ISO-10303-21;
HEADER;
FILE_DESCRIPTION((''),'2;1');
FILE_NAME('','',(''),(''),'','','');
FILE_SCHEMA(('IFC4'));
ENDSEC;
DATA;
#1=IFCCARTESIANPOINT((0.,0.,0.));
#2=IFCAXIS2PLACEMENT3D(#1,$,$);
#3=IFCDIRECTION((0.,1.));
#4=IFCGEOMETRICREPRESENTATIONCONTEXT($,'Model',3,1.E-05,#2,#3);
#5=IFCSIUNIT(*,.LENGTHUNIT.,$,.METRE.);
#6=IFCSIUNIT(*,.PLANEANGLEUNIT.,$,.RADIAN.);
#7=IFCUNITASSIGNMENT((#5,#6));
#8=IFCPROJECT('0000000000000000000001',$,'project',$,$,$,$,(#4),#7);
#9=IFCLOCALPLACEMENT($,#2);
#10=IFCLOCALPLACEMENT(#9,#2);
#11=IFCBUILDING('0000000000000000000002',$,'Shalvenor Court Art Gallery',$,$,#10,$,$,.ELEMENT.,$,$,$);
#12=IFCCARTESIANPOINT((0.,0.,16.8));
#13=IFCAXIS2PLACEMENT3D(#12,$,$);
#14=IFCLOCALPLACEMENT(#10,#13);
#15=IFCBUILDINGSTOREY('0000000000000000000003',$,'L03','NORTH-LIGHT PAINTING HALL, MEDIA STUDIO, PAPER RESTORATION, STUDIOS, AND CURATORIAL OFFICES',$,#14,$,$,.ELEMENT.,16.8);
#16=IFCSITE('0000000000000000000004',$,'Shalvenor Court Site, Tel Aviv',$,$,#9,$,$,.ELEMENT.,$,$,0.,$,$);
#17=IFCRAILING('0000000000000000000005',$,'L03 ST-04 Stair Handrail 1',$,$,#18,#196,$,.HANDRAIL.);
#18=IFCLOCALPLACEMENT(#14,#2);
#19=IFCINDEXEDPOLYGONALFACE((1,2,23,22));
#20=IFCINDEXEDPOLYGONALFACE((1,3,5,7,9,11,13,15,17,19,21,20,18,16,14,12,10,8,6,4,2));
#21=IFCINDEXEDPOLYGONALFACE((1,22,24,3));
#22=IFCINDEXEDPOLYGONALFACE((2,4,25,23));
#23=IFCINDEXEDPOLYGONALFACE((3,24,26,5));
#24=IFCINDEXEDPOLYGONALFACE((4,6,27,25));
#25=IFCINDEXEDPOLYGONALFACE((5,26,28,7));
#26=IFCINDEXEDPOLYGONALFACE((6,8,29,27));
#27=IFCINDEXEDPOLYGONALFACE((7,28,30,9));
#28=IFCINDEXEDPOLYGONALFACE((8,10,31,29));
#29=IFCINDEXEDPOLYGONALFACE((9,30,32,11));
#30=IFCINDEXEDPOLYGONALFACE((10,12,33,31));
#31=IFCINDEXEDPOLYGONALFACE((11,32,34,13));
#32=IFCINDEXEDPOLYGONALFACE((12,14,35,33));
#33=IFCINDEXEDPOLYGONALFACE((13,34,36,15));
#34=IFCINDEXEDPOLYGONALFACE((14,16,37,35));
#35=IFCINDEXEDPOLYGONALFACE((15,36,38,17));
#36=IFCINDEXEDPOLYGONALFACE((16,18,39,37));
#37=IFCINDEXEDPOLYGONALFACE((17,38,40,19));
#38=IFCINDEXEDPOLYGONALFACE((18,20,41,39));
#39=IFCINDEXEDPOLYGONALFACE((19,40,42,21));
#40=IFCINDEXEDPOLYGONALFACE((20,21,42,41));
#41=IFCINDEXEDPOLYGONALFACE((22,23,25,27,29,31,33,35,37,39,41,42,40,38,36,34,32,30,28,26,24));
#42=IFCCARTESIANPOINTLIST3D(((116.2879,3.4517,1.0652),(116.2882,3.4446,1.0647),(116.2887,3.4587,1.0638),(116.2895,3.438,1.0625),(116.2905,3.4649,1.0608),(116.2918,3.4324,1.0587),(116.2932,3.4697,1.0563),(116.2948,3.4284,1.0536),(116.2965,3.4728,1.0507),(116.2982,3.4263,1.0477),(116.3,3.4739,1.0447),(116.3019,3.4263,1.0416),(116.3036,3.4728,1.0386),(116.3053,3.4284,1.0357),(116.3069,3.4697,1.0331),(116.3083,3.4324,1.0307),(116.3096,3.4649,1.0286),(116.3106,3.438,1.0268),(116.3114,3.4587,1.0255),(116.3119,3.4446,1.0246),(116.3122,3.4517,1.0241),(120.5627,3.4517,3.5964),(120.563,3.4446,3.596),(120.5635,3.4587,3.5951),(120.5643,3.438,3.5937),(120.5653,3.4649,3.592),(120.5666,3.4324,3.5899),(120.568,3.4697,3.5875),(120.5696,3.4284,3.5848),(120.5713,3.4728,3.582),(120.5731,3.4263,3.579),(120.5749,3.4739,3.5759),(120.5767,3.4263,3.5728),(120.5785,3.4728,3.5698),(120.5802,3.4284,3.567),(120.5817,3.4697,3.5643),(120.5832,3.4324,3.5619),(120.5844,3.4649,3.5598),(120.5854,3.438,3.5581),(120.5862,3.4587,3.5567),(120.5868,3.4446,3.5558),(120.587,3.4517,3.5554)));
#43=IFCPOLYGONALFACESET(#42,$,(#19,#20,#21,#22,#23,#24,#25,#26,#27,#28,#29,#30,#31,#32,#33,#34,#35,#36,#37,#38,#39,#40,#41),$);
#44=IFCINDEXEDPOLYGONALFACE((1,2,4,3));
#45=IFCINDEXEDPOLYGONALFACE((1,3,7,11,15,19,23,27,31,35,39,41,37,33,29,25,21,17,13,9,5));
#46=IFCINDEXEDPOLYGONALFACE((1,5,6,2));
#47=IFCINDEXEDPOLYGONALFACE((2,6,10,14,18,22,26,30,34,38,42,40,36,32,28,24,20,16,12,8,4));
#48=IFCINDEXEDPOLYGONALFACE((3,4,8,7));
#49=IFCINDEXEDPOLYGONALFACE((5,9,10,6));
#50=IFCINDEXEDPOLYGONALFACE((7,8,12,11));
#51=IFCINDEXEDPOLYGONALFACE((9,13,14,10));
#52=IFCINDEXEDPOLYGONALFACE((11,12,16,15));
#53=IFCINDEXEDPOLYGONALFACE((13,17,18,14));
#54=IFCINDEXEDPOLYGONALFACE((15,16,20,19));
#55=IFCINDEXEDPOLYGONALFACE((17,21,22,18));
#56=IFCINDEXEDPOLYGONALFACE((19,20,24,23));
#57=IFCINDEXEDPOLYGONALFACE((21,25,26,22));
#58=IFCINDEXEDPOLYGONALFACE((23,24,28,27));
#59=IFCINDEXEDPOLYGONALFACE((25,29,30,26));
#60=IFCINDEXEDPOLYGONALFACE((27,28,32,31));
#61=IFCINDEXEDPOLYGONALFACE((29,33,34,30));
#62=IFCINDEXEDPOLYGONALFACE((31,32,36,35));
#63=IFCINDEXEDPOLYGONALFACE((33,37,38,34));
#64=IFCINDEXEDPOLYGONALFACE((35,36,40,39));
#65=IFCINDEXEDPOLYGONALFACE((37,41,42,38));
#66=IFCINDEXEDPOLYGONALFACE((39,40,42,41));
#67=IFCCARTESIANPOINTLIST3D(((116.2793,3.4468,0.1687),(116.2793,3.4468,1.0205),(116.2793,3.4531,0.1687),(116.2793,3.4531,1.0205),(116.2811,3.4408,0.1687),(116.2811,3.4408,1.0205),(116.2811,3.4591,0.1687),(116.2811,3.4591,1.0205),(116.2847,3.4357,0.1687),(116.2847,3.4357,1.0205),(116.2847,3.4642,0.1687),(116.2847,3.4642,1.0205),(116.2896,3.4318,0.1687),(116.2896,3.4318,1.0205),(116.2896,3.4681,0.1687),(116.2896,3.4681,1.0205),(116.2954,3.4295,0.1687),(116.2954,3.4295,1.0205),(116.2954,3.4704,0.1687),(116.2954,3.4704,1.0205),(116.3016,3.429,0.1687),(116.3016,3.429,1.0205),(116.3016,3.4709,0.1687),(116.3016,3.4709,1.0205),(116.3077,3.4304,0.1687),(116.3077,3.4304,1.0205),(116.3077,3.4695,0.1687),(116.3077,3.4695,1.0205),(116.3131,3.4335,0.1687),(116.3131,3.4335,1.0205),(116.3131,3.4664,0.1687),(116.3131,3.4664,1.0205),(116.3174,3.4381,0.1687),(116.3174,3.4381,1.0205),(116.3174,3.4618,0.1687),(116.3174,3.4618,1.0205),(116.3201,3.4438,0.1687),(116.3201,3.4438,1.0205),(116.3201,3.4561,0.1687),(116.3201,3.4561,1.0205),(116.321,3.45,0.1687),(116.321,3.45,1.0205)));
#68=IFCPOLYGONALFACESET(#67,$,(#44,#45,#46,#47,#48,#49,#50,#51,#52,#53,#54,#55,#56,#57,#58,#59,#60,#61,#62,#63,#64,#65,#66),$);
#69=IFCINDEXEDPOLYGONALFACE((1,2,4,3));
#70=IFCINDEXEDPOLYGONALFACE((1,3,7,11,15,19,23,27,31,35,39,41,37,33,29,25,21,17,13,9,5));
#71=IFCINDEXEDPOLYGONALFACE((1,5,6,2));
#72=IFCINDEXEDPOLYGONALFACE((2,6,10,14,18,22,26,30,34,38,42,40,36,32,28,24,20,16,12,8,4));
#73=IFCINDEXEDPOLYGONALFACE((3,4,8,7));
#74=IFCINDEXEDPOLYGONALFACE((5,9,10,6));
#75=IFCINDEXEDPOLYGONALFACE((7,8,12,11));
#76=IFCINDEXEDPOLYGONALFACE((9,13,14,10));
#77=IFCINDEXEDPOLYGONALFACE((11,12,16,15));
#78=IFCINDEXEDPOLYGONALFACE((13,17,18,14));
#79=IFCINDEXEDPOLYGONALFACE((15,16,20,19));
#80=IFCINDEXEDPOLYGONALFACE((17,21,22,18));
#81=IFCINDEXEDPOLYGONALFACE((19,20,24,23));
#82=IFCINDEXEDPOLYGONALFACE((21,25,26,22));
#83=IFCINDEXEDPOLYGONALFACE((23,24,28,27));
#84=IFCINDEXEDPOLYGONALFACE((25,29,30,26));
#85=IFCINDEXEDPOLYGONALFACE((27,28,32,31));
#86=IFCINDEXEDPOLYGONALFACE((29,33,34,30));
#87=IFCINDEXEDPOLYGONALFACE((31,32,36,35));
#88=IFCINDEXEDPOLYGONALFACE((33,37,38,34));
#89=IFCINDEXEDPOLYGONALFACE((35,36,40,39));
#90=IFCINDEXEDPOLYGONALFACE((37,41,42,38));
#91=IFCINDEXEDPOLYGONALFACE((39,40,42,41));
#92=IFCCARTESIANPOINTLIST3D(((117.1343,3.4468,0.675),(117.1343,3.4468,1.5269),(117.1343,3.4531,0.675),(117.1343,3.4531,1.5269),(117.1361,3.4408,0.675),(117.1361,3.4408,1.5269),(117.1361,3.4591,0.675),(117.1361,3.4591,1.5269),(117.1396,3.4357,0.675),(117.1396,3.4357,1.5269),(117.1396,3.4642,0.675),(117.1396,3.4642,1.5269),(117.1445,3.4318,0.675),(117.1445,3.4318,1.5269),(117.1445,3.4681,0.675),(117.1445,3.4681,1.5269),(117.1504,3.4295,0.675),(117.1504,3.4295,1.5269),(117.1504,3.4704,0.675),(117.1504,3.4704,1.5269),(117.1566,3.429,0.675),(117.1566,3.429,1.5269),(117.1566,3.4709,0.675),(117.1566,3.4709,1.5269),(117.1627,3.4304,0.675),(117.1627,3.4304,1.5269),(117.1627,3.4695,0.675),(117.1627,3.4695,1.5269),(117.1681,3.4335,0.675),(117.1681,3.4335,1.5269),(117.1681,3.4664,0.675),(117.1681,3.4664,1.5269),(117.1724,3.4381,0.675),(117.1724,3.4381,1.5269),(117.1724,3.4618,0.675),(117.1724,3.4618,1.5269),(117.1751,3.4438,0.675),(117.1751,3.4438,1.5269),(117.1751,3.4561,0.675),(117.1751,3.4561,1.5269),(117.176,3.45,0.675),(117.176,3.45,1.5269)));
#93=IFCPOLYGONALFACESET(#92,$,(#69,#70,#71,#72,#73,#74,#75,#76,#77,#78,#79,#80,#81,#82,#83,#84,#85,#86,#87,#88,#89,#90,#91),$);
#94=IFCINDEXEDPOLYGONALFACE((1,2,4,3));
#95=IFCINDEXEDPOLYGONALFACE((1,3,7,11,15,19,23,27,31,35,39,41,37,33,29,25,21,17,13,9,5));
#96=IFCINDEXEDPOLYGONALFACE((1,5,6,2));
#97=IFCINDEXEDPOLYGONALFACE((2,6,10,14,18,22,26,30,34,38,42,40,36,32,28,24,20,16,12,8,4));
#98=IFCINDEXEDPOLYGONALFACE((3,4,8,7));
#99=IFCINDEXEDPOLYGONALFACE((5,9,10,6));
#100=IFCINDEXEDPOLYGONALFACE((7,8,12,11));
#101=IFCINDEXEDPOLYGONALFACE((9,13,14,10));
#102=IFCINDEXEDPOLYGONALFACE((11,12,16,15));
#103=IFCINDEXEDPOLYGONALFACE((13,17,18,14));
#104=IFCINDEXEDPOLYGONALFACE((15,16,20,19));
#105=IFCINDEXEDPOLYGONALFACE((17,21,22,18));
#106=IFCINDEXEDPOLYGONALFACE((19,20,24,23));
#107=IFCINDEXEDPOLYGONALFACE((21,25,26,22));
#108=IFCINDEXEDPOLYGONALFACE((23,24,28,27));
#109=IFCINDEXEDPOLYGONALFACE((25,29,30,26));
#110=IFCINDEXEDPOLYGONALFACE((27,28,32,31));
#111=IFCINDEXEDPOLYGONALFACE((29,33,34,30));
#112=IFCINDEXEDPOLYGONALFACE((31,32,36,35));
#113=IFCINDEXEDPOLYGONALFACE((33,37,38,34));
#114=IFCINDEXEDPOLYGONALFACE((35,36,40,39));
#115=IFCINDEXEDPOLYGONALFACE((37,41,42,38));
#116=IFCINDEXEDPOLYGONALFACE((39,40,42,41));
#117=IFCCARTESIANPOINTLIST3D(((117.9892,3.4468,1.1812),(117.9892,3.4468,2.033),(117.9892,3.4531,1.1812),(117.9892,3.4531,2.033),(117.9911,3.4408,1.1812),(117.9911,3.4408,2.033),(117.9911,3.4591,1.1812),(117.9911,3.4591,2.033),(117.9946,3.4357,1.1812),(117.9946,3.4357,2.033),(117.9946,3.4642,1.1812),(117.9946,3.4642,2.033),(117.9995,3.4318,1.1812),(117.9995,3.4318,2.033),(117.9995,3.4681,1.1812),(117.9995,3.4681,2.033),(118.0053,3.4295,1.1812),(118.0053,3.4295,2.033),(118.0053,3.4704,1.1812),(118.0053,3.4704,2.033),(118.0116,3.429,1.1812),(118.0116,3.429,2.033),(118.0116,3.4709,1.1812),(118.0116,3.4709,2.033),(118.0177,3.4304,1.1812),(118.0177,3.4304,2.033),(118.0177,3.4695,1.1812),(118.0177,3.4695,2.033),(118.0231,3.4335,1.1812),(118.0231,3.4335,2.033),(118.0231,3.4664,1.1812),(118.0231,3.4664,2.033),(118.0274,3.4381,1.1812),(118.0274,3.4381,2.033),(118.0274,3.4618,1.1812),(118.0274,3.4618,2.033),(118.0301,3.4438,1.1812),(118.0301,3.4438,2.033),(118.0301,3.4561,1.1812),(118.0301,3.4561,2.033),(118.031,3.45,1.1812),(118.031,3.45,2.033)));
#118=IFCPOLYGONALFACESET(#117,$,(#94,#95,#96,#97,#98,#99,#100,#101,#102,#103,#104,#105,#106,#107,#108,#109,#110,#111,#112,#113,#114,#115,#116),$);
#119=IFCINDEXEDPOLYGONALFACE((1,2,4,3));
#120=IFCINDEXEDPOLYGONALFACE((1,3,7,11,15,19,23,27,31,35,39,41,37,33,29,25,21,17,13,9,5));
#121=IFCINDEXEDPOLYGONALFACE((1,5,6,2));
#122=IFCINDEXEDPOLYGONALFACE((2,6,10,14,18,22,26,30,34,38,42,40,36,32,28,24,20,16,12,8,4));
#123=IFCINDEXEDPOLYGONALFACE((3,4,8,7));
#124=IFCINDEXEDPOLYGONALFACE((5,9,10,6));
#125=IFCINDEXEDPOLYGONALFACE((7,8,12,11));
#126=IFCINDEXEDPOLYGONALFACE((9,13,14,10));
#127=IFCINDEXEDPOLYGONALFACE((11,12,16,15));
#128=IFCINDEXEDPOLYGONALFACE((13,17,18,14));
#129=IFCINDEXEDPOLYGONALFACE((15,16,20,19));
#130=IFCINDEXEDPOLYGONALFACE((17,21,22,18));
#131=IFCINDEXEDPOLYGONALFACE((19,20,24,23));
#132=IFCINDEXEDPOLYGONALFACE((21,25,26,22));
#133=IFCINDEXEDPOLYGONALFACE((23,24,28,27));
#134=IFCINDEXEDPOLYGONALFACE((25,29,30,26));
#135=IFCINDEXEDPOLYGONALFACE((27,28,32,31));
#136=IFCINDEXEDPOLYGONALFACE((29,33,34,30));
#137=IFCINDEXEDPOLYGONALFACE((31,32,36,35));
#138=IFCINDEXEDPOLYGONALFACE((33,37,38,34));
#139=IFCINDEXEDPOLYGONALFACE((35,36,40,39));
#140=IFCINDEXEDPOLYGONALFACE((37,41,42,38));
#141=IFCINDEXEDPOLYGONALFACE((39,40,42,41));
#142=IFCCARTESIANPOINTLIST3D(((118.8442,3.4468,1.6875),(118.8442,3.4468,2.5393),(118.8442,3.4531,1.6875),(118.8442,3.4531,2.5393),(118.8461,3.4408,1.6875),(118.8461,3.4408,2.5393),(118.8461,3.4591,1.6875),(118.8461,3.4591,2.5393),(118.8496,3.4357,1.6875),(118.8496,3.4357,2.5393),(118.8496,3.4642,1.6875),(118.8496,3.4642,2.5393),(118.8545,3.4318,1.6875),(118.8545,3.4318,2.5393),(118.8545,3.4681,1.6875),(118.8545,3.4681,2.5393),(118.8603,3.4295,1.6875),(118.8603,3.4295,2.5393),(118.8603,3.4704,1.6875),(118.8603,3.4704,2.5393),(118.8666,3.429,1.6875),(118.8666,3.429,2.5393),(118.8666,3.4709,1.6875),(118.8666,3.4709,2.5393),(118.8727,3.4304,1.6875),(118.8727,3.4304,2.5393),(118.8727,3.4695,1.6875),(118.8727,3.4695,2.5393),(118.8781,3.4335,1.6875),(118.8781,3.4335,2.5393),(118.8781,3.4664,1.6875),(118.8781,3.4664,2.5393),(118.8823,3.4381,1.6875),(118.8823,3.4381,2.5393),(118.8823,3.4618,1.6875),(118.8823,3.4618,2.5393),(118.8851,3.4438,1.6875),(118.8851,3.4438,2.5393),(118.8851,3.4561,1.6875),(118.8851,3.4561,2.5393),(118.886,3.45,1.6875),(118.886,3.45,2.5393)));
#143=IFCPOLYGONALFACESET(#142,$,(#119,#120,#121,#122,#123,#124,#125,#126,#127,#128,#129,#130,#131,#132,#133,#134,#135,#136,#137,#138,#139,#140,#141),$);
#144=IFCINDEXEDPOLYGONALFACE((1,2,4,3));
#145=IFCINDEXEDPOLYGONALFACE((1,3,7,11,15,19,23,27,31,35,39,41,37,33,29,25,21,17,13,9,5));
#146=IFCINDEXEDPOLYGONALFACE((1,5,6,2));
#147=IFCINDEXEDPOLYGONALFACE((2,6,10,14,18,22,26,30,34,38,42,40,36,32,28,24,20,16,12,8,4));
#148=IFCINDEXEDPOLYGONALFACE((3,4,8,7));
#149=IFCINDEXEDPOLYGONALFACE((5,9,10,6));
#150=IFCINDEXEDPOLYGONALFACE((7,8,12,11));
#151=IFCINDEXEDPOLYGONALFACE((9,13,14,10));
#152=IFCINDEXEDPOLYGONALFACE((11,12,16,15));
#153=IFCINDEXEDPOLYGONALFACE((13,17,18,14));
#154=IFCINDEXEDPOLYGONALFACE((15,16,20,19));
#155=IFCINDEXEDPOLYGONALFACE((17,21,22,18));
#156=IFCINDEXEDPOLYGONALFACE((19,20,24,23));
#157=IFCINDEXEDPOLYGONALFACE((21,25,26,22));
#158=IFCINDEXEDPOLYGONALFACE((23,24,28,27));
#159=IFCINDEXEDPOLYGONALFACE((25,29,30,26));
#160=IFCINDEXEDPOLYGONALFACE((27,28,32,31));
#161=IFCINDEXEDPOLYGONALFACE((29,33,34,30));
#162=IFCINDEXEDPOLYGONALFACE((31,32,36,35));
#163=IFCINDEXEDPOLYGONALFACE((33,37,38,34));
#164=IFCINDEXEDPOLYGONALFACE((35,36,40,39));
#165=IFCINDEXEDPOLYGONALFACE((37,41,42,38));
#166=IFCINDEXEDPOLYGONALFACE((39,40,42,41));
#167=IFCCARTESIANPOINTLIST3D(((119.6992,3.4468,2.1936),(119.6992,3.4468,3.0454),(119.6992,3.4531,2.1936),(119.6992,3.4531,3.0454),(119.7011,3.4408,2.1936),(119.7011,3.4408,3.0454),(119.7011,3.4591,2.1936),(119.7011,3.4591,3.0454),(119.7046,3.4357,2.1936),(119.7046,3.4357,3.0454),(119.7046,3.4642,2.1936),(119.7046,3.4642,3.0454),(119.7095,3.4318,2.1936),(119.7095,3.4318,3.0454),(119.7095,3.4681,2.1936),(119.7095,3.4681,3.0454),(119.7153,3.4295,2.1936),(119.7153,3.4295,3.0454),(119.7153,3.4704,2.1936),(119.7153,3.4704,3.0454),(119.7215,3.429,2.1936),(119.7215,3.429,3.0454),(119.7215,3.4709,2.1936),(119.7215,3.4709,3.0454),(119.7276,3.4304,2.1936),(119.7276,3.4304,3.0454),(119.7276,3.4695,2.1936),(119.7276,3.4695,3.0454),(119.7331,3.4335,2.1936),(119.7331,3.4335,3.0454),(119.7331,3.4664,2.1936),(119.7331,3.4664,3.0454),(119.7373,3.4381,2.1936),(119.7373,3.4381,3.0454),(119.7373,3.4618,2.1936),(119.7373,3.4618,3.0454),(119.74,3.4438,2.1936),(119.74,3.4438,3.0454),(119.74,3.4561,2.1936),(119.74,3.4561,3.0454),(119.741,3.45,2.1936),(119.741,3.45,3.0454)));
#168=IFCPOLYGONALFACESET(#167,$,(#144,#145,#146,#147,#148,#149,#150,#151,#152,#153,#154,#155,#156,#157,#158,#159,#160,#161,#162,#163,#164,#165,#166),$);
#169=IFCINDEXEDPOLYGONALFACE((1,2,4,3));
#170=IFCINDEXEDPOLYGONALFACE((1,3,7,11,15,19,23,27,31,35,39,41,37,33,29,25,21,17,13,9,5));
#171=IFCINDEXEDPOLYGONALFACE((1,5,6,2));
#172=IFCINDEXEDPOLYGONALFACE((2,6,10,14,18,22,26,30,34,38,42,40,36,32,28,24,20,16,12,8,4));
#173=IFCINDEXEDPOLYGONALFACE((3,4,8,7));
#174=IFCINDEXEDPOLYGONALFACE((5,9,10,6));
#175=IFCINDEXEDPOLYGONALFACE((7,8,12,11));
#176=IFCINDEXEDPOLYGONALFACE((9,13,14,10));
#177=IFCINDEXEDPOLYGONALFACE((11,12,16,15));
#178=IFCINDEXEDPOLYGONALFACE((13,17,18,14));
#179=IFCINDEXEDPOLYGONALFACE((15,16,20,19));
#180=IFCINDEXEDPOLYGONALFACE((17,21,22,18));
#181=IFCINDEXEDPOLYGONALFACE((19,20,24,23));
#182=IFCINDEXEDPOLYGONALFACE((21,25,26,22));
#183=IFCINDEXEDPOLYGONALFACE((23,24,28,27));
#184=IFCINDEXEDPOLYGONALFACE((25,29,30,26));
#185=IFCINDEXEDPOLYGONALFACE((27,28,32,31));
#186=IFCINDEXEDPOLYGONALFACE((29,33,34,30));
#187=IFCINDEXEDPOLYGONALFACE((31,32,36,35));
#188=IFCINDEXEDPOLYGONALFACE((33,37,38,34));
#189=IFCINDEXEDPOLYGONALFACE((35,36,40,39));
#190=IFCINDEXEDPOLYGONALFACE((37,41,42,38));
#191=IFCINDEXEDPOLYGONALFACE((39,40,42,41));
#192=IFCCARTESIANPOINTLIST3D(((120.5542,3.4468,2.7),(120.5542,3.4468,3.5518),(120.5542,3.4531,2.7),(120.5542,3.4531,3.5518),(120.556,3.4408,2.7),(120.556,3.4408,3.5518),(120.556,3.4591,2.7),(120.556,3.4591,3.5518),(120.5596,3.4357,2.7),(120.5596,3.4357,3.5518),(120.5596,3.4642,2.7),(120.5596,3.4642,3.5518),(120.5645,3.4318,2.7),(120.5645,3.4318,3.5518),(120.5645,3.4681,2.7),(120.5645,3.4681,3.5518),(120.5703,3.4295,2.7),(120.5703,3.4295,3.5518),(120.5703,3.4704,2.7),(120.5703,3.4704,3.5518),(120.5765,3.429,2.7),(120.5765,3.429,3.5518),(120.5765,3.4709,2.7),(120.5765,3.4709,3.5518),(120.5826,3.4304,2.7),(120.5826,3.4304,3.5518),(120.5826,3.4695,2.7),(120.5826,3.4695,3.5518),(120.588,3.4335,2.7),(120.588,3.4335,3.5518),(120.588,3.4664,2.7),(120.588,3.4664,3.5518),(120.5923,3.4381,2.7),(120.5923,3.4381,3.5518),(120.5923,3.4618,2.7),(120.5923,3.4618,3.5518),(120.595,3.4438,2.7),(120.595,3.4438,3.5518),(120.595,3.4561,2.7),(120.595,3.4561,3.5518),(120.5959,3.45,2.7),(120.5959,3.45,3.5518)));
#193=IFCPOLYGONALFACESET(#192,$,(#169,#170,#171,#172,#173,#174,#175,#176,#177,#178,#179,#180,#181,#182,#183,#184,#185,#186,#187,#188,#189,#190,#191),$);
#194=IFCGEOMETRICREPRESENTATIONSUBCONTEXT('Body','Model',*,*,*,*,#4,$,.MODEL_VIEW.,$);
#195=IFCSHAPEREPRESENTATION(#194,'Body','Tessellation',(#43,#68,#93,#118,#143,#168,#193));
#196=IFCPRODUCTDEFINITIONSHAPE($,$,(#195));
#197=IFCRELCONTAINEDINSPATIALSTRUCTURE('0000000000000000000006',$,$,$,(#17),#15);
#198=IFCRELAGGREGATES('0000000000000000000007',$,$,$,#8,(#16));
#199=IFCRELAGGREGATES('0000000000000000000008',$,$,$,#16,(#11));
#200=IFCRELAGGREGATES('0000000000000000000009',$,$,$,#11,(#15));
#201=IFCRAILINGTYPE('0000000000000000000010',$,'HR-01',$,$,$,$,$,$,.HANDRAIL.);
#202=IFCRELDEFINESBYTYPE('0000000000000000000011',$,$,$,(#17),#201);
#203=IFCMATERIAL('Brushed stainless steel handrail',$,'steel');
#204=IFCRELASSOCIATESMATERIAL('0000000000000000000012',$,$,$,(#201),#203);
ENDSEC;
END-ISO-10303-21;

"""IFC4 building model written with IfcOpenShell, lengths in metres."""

from ifc_helpers import new_model, si_unit, direction, frame, origin, origin_2d, place, context, subcontext, project, spatial, circle, extrude, material, type_object, element, save


model = new_model("IFC4")

# Units and contexts
model_context = context("Model", 3, precision=1e-05, world=origin(), true_north=direction((0.0, 1.0)))
body_context = subcontext(model_context, "Body", "Model", "MODEL_VIEW")
ifc_project = project(units=[si_unit("LENGTHUNIT", "METRE"), si_unit("PLANEANGLEUNIT", "RADIAN")], contexts=[model_context])

# Site, building, storey
site_placement = place(None, origin())
site = spatial("IfcSite", under=ifc_project, at=site_placement, Name="Shalvenor Court Site, Tel Aviv", CompositionType="ELEMENT", RefElevation=0.0)
building_placement = place(site_placement, origin())
building = spatial("IfcBuilding", under=site, at=building_placement, Name="Shalvenor Court Art Gallery", CompositionType="ELEMENT")
storey_placement = place(building_placement, frame((0.0, 0.0, 16.8)))
storey = spatial("IfcBuildingStorey", under=building, at=storey_placement, Name="L03", Description="NORTH-LIGHT PAINTING HALL, MEDIA STUDIO, PAPER RESTORATION, STUDIOS, AND CURATORIAL OFFICES", CompositionType="ELEMENT", Elevation=16.8)

# Railing
ifc_material_1 = material(Name="Brushed stainless steel handrail", Category="steel")
railing_type_1 = type_object("IfcRailingType", Name="HR-01", PredefinedType="HANDRAIL", material=ifc_material_1)
railing_1_placement = place(storey_placement, frame((116.3, 3.45, 0.1687)))
element("IfcRailing", 1, at=railing_1_placement, inside=storey, type_object=railing_type_1, Name="L03 ST-04 Stair Handrail 1", PredefinedType="HANDRAIL", context=body_context, shape_type="SweptSolid", body=[
    extrude(circle(Radius=0.0239, at=origin_2d()), frame((0.0, 0.0, 0.876), z_axis=(0.86047, 0.0, 0.509501), x_axis=(0.0, 1.0, 0.0)), (0.0, 0.0, 1.0), 4.968),
    extrude(circle(Radius=0.021, at=origin_2d()), origin(), (0.0, 0.0, 1.0), 0.8518),
    extrude(circle(Radius=0.021, at=origin_2d()), frame((0.855, 0.0, 0.5063)), (0.0, 0.0, 1.0), 0.8518),
    extrude(circle(Radius=0.021, at=origin_2d()), frame((1.71, 0.0, 1.0125)), (0.0, 0.0, 1.0), 0.8518),
    extrude(circle(Radius=0.021, at=origin_2d()), frame((2.5649, 0.0, 1.5188)), (0.0, 0.0, 1.0), 0.8518),
    extrude(circle(Radius=0.021, at=origin_2d()), frame((3.4199, 0.0, 2.0249)), (0.0, 0.0, 1.0), 0.8518),
    extrude(circle(Radius=0.021, at=origin_2d()), frame((4.2749, 0.0, 2.5312)), (0.0, 0.0, 1.0), 0.8518),
])

save(model, "model.ifc")
